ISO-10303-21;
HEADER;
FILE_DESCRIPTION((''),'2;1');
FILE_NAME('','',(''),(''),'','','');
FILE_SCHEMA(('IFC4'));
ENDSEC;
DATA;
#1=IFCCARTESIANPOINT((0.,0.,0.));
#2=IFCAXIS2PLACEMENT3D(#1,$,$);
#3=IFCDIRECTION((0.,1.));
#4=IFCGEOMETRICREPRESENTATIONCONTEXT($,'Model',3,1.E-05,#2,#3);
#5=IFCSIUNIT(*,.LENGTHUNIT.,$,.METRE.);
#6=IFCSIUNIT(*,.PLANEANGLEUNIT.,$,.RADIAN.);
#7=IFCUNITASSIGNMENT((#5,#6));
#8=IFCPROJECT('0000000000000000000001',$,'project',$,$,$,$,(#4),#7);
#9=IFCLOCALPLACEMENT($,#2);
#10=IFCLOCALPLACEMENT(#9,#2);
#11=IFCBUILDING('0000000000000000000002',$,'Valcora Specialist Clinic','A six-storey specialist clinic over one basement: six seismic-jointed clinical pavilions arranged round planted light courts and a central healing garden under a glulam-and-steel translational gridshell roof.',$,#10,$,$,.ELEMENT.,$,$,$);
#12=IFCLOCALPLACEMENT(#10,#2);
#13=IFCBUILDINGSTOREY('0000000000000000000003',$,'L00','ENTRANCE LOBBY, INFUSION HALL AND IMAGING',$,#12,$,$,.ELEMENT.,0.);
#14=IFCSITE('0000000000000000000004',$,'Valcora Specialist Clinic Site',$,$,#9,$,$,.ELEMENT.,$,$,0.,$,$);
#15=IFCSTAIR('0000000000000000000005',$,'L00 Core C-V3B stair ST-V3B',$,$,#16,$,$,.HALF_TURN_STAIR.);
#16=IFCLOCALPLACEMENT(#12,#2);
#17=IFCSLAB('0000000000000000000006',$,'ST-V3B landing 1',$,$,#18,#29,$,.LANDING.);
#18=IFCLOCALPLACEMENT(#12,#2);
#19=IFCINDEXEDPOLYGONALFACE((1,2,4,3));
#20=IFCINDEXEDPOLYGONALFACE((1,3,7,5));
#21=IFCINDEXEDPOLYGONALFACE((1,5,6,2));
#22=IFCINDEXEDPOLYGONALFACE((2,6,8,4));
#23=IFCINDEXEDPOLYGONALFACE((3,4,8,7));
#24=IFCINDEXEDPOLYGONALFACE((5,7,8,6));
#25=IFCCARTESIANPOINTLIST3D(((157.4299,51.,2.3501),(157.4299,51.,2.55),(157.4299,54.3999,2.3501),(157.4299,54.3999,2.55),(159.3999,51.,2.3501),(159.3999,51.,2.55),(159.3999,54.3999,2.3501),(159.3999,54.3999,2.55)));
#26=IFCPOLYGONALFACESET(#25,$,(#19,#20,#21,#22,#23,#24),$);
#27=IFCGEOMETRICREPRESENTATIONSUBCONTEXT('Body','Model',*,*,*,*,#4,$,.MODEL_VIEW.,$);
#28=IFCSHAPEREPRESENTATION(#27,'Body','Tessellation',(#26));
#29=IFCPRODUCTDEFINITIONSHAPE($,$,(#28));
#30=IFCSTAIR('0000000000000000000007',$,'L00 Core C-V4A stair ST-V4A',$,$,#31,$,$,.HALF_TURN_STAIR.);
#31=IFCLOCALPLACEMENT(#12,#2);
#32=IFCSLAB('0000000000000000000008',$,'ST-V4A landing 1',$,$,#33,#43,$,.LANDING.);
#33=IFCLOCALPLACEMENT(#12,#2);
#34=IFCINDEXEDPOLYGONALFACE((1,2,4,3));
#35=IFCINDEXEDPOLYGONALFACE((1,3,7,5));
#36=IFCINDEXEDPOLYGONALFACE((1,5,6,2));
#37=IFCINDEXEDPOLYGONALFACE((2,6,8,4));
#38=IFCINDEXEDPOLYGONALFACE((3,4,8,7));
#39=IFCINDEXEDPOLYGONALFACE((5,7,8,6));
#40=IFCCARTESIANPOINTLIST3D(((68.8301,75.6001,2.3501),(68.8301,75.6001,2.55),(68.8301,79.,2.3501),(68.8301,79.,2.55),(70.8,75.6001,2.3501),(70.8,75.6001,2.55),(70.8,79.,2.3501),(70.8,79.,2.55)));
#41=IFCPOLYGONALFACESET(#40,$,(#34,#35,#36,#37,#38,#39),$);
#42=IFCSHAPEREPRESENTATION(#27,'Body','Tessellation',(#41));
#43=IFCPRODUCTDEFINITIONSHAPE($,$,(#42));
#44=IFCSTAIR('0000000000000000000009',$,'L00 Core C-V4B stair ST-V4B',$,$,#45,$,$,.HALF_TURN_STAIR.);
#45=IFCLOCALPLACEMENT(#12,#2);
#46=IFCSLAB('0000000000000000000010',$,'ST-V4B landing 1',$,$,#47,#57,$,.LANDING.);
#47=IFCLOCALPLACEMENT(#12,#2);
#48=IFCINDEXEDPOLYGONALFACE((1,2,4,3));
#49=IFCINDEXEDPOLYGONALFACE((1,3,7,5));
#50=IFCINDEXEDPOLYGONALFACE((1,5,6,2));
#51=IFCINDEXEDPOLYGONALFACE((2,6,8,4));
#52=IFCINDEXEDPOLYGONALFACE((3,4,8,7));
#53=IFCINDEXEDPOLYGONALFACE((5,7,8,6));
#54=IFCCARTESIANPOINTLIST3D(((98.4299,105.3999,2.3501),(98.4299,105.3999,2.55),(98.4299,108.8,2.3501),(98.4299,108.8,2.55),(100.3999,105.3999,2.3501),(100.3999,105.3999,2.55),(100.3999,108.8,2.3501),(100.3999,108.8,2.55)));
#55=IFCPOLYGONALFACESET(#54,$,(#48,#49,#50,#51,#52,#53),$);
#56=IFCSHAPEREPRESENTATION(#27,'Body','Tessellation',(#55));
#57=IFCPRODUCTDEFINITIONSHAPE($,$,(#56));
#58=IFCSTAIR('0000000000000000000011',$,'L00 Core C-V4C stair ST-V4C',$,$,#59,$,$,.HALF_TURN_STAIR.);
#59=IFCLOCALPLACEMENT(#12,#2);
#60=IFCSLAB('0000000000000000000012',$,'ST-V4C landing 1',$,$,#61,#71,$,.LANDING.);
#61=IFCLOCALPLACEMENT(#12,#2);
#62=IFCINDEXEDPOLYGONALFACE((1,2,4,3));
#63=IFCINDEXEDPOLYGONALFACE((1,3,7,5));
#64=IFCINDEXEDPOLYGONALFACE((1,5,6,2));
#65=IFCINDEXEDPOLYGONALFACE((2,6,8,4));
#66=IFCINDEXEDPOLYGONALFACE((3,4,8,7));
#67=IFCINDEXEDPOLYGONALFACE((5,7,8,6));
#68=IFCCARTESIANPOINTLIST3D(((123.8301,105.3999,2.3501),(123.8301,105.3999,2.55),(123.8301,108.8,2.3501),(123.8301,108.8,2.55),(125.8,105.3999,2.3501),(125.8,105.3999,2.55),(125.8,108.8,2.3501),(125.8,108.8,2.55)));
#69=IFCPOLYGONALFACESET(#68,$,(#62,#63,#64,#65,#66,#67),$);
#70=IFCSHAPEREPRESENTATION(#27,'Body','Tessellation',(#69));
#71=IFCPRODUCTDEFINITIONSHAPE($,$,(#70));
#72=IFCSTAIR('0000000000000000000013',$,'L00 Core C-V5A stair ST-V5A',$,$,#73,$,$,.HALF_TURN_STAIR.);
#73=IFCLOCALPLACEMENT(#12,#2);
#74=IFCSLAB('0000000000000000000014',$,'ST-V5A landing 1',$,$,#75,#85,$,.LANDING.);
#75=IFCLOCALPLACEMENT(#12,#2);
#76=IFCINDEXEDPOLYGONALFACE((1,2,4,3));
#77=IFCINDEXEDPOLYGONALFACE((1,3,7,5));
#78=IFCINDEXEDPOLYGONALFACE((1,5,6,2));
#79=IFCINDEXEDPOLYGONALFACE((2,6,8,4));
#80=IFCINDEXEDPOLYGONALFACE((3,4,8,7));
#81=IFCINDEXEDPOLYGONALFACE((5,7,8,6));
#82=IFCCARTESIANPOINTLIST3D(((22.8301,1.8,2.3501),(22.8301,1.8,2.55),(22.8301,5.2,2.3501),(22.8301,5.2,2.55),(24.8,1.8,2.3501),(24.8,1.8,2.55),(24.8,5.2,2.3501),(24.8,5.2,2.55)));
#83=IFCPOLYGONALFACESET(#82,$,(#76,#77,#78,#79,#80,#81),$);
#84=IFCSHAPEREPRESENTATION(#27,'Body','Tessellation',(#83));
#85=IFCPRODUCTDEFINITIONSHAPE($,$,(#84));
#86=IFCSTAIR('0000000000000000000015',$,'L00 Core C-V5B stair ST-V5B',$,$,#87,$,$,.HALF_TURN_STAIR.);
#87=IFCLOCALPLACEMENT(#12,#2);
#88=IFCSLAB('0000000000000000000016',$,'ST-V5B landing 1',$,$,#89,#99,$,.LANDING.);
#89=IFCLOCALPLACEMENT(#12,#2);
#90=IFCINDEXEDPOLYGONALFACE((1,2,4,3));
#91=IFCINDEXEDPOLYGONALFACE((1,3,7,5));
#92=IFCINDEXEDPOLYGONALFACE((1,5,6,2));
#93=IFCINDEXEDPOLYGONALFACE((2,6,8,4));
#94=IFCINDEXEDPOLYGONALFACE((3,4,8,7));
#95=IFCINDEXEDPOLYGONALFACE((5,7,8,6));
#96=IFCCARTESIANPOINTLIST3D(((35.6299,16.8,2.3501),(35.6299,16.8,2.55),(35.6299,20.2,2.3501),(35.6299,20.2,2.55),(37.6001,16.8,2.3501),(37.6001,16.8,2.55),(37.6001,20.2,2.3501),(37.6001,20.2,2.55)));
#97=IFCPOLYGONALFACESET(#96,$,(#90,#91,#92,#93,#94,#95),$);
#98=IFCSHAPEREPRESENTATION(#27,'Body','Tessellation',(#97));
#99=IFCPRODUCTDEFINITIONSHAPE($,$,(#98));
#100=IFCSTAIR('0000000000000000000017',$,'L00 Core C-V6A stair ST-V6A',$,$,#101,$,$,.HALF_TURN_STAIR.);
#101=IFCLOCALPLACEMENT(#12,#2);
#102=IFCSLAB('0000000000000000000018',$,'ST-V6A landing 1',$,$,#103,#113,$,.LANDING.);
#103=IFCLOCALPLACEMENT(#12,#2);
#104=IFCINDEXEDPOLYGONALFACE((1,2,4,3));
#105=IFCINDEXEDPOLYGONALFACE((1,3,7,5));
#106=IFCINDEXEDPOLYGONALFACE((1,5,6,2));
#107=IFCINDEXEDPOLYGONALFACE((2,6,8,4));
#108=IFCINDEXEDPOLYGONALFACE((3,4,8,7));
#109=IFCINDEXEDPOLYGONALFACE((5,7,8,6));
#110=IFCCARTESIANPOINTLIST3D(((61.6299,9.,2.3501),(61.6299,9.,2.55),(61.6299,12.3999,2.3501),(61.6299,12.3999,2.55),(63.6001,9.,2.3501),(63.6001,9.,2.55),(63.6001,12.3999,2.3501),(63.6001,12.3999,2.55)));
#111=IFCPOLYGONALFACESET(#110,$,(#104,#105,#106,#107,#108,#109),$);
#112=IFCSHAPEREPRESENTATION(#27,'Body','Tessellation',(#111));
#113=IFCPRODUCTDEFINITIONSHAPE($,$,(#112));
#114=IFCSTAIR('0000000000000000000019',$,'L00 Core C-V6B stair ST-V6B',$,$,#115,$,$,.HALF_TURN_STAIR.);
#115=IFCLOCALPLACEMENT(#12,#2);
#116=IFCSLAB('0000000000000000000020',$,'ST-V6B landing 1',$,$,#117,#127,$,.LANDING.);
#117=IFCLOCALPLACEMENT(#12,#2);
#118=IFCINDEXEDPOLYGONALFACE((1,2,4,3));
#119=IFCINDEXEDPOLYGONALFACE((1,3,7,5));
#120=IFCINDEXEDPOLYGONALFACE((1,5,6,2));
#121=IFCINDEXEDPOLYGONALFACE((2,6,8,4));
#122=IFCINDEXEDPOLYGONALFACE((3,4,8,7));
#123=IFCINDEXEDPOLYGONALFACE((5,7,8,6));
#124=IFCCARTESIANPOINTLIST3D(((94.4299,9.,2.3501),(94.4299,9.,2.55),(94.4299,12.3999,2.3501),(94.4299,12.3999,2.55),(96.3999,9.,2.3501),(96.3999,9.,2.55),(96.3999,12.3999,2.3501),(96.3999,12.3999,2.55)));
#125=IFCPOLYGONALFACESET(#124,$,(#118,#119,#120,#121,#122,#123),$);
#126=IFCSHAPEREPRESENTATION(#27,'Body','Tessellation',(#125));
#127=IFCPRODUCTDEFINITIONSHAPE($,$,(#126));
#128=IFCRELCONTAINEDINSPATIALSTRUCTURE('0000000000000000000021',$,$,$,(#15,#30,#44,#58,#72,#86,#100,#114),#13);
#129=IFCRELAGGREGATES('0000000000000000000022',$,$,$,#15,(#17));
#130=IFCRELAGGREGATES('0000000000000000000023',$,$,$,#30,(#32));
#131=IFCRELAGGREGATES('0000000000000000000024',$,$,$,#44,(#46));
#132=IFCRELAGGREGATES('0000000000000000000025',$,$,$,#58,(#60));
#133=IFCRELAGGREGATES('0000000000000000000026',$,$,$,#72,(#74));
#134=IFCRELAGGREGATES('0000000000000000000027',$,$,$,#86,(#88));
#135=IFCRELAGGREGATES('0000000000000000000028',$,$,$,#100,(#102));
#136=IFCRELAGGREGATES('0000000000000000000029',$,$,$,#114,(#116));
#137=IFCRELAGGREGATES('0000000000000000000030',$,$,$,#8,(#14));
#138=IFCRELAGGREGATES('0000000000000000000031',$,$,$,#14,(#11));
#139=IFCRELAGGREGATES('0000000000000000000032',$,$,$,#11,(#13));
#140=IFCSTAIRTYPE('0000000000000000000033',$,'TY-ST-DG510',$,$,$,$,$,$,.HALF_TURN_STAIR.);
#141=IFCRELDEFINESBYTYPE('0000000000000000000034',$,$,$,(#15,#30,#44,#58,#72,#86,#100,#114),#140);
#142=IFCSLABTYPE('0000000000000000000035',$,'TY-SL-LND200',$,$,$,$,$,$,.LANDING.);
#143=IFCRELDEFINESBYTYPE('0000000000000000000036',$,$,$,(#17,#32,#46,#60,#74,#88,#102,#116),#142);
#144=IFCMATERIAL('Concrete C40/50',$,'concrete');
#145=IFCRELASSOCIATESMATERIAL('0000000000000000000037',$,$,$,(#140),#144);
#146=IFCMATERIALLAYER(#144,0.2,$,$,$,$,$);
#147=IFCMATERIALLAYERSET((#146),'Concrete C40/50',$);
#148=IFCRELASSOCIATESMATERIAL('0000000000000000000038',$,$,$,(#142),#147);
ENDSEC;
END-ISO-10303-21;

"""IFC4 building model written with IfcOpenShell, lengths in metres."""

from ifc_helpers import new_model, si_unit, direction, frame, origin, place, context, subcontext, project, spatial, polyline, outline, extrude, material, layer, layer_set, type_object, element, aggregate, save


model = new_model("IFC4")

# Units and contexts
model_context = context("Model", 3, precision=1e-05, world=origin(), true_north=direction((0.0, 1.0)))
body_context = subcontext(model_context, "Body", "Model", "MODEL_VIEW")
ifc_project = project(units=[si_unit("LENGTHUNIT", "METRE"), si_unit("PLANEANGLEUNIT", "RADIAN")], contexts=[model_context])

# Site, building, storey
site_placement = place(None, origin())
site = spatial("IfcSite", under=ifc_project, at=site_placement, Name="Valcora Specialist Clinic Site", CompositionType="ELEMENT", RefElevation=0.0)
building_placement = place(site_placement, origin())
building = spatial("IfcBuilding", under=site, at=building_placement, Name="Valcora Specialist Clinic", Description="A six-storey specialist clinic over one basement: six seismic-jointed clinical pavilions arranged round planted light courts and a central healing garden under a glulam-and-steel translational gridshell roof.", CompositionType="ELEMENT")
storey_placement = place(building_placement, origin())
storey = spatial("IfcBuildingStorey", under=building, at=storey_placement, Name="L00", Description="ENTRANCE LOBBY, INFUSION HALL AND IMAGING", CompositionType="ELEMENT", Elevation=0.0)

# Stairs, slabs
ifc_material_1 = material(Name="Concrete C40/50", Category="concrete")
stair_type = type_object("IfcStairType", Name="TY-ST-DG510", PredefinedType="HALF_TURN_STAIR", material=ifc_material_1)
ifc_layer_1 = layer(ifc_material_1, 0.2)
ifc_layer_set_1 = layer_set([ifc_layer_1], Name="Concrete C40/50")
slab_type_1 = type_object("IfcSlabType", Name="TY-SL-LND200", PredefinedType="LANDING", material=ifc_layer_set_1)
stair_1_placement = place(storey_placement, origin())
stair_1 = element("IfcStair", 1, at=stair_1_placement, inside=storey, type_object=stair_type, Name="L00 Core C-V3B stair ST-V3B", PredefinedType="HALF_TURN_STAIR")
slab_1_placement = place(storey_placement, frame((0.0, 0.0, 2.3501)))
slab_1 = element("IfcSlab", 2, at=slab_1_placement, type_object=slab_type_1, Name="ST-V3B landing 1", PredefinedType="LANDING", context=body_context, shape_type="SweptSolid", body=[
    extrude(outline(polyline([(157.4299, 51.0), (159.3999, 51.0), (159.3999, 54.3999), (157.4299, 54.3999), (157.4299, 51.0)])), origin(), (0.0, 0.0, 1.0), 0.2),
])
aggregate(stair_1, [slab_1])
stair_2_placement = place(storey_placement, origin())
stair_2 = element("IfcStair", 3, at=stair_2_placement, inside=storey, type_object=stair_type, Name="L00 Core C-V4A stair ST-V4A", PredefinedType="HALF_TURN_STAIR")
slab_2_placement = place(storey_placement, frame((0.0, 0.0, 2.3501)))
slab_2 = element("IfcSlab", 4, at=slab_2_placement, type_object=slab_type_1, Name="ST-V4A landing 1", PredefinedType="LANDING", context=body_context, shape_type="SweptSolid", body=[
    extrude(outline(polyline([(68.8301, 75.6001), (70.8, 75.6001), (70.8, 79.0), (68.8301, 79.0), (68.8301, 75.6001)])), origin(), (0.0, 0.0, 1.0), 0.2),
])
aggregate(stair_2, [slab_2])
stair_3_placement = place(storey_placement, origin())
stair_3 = element("IfcStair", 5, at=stair_3_placement, inside=storey, type_object=stair_type, Name="L00 Core C-V4B stair ST-V4B", PredefinedType="HALF_TURN_STAIR")
slab_3_placement = place(storey_placement, frame((0.0, 0.0, 2.3501)))
slab_3 = element("IfcSlab", 6, at=slab_3_placement, type_object=slab_type_1, Name="ST-V4B landing 1", PredefinedType="LANDING", context=body_context, shape_type="SweptSolid", body=[
    extrude(outline(polyline([(98.4299, 105.3999), (100.3999, 105.3999), (100.3999, 108.8), (98.4299, 108.8), (98.4299, 105.3999)])), origin(), (0.0, 0.0, 1.0), 0.2),
])
aggregate(stair_3, [slab_3])
stair_4_placement = place(storey_placement, origin())
stair_4 = element("IfcStair", 7, at=stair_4_placement, inside=storey, type_object=stair_type, Name="L00 Core C-V4C stair ST-V4C", PredefinedType="HALF_TURN_STAIR")
slab_4_placement = place(storey_placement, frame((0.0, 0.0, 2.3501)))
slab_4 = element("IfcSlab", 8, at=slab_4_placement, type_object=slab_type_1, Name="ST-V4C landing 1", PredefinedType="LANDING", context=body_context, shape_type="SweptSolid", body=[
    extrude(outline(polyline([(123.8301, 105.3999), (125.8, 105.3999), (125.8, 108.8), (123.8301, 108.8), (123.8301, 105.3999)])), origin(), (0.0, 0.0, 1.0), 0.2),
])
aggregate(stair_4, [slab_4])
stair_5_placement = place(storey_placement, origin())
stair_5 = element("IfcStair", 9, at=stair_5_placement, inside=storey, type_object=stair_type, Name="L00 Core C-V5A stair ST-V5A", PredefinedType="HALF_TURN_STAIR")
slab_5_placement = place(storey_placement, frame((0.0, 0.0, 2.3501)))
slab_5 = element("IfcSlab", 10, at=slab_5_placement, type_object=slab_type_1, Name="ST-V5A landing 1", PredefinedType="LANDING", context=body_context, shape_type="SweptSolid", body=[
    extrude(outline(polyline([(22.8301, 1.8), (24.8, 1.8), (24.8, 5.2), (22.8301, 5.2), (22.8301, 1.8)])), origin(), (0.0, 0.0, 1.0), 0.2),
])
aggregate(stair_5, [slab_5])
stair_6_placement = place(storey_placement, origin())
stair_6 = element("IfcStair", 11, at=stair_6_placement, inside=storey, type_object=stair_type, Name="L00 Core C-V5B stair ST-V5B", PredefinedType="HALF_TURN_STAIR")
slab_6_placement = place(storey_placement, frame((0.0, 0.0, 2.3501)))
slab_6 = element("IfcSlab", 12, at=slab_6_placement, type_object=slab_type_1, Name="ST-V5B landing 1", PredefinedType="LANDING", context=body_context, shape_type="SweptSolid", body=[
    extrude(outline(polyline([(35.6299, 16.8), (37.6001, 16.8), (37.6001, 20.2), (35.6299, 20.2), (35.6299, 16.8)])), origin(), (0.0, 0.0, 1.0), 0.2),
])
aggregate(stair_6, [slab_6])
stair_7_placement = place(storey_placement, origin())
stair_7 = element("IfcStair", 13, at=stair_7_placement, inside=storey, type_object=stair_type, Name="L00 Core C-V6A stair ST-V6A", PredefinedType="HALF_TURN_STAIR")
slab_7_placement = place(storey_placement, frame((0.0, 0.0, 2.3501)))
slab_7 = element("IfcSlab", 14, at=slab_7_placement, type_object=slab_type_1, Name="ST-V6A landing 1", PredefinedType="LANDING", context=body_context, shape_type="SweptSolid", body=[
    extrude(outline(polyline([(61.6299, 9.0), (63.6001, 9.0), (63.6001, 12.3999), (61.6299, 12.3999), (61.6299, 9.0)])), origin(), (0.0, 0.0, 1.0), 0.2),
])
aggregate(stair_7, [slab_7])
stair_8_placement = place(storey_placement, origin())
stair_8 = element("IfcStair", 15, at=stair_8_placement, inside=storey, type_object=stair_type, Name="L00 Core C-V6B stair ST-V6B", PredefinedType="HALF_TURN_STAIR")
slab_8_placement = place(storey_placement, frame((0.0, 0.0, 2.3501)))
slab_8 = element("IfcSlab", 16, at=slab_8_placement, type_object=slab_type_1, Name="ST-V6B landing 1", PredefinedType="LANDING", context=body_context, shape_type="SweptSolid", body=[
    extrude(outline(polyline([(94.4299, 9.0), (96.3999, 9.0), (96.3999, 12.3999), (94.4299, 12.3999), (94.4299, 9.0)])), origin(), (0.0, 0.0, 1.0), 0.2),
])
aggregate(stair_8, [slab_8])

save(model, "model.ifc")
